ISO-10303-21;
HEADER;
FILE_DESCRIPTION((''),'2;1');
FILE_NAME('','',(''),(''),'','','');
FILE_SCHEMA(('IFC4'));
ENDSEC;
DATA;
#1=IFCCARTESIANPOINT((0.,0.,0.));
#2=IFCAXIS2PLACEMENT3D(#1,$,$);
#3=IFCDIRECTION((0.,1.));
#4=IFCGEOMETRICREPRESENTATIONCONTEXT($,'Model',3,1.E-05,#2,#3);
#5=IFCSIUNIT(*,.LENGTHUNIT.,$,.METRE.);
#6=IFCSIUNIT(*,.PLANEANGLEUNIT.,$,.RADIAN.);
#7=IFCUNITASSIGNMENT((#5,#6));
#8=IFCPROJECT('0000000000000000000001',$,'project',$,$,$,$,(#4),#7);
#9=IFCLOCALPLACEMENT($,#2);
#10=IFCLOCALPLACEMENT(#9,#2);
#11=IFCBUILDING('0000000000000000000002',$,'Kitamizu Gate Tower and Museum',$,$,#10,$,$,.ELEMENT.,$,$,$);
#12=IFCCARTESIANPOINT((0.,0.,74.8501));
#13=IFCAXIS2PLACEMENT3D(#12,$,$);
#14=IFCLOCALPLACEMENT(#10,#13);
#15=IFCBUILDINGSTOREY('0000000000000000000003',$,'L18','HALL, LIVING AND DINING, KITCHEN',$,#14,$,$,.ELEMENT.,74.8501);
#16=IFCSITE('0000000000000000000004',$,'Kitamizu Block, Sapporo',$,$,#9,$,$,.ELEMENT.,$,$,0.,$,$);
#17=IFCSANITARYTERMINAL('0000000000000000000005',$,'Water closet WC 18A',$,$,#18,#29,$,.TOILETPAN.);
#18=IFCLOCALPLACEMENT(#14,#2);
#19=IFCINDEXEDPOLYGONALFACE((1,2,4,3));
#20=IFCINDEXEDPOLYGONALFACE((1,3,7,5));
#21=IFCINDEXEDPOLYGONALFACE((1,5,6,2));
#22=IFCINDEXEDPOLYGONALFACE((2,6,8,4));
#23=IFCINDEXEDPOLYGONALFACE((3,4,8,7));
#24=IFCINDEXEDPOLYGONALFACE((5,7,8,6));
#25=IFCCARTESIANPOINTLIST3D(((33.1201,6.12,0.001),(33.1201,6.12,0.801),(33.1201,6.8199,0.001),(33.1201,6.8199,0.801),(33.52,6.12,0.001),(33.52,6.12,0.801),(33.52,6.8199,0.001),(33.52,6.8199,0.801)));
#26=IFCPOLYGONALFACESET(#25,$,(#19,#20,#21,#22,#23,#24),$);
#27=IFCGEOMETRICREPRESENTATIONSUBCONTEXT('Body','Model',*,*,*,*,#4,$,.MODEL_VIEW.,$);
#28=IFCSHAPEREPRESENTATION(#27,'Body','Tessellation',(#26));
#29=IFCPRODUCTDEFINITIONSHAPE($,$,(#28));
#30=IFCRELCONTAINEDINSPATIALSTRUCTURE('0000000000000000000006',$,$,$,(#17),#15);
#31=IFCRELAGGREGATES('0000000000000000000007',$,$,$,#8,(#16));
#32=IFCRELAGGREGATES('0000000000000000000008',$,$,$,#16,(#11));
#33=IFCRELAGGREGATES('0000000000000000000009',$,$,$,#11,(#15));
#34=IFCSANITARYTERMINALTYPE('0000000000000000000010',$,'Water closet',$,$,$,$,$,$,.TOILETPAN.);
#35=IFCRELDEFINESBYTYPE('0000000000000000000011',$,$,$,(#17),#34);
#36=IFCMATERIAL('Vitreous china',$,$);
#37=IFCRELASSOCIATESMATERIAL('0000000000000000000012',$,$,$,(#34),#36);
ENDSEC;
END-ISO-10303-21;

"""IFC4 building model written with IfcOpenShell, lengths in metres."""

from ifc_helpers import new_model, si_unit, direction, frame, origin, origin_2d, place, context, subcontext, project, spatial, rectangle, extrude, material, type_object, element, save


model = new_model("IFC4")

# Units and contexts
model_context = context("Model", 3, precision=1e-05, world=origin(), true_north=direction((0.0, 1.0)))
body_context = subcontext(model_context, "Body", "Model", "MODEL_VIEW")
ifc_project = project(units=[si_unit("LENGTHUNIT", "METRE"), si_unit("PLANEANGLEUNIT", "RADIAN")], contexts=[model_context])

# Site, building, storey
site_placement = place(None, origin())
site = spatial("IfcSite", under=ifc_project, at=site_placement, Name="Kitamizu Block, Sapporo", CompositionType="ELEMENT", RefElevation=0.0)
building_placement = place(site_placement, origin())
building = spatial("IfcBuilding", under=site, at=building_placement, Name="Kitamizu Gate Tower and Museum", CompositionType="ELEMENT")
storey_placement = place(building_placement, frame((0.0, 0.0, 74.8501)))
storey = spatial("IfcBuildingStorey", under=building, at=storey_placement, Name="L18", Description="HALL, LIVING AND DINING, KITCHEN", CompositionType="ELEMENT", Elevation=74.8501)

# Sanitary terminal
ifc_material_1 = material(Name="Vitreous china")
sanitary_terminal_type_1 = type_object("IfcSanitaryTerminalType", Name="Water closet", PredefinedType="TOILETPAN", material=ifc_material_1)
sanitary_terminal_1_placement = place(storey_placement, frame((33.3201, 6.47, 0.001), z_axis=(0.0, 0.0, 1.0), x_axis=(1.0, 0.0, 0.0)))
element("IfcSanitaryTerminal", 1, at=sanitary_terminal_1_placement, inside=storey, type_object=sanitary_terminal_type_1, Name="Water closet WC 18A", PredefinedType="TOILETPAN", context=body_context, shape_type="SweptSolid", body=[
    extrude(rectangle(XDim=0.3999, YDim=0.7, at=origin_2d()), origin(), (0.0, 0.0, 1.0), 0.8),
])

save(model, "model.ifc")
